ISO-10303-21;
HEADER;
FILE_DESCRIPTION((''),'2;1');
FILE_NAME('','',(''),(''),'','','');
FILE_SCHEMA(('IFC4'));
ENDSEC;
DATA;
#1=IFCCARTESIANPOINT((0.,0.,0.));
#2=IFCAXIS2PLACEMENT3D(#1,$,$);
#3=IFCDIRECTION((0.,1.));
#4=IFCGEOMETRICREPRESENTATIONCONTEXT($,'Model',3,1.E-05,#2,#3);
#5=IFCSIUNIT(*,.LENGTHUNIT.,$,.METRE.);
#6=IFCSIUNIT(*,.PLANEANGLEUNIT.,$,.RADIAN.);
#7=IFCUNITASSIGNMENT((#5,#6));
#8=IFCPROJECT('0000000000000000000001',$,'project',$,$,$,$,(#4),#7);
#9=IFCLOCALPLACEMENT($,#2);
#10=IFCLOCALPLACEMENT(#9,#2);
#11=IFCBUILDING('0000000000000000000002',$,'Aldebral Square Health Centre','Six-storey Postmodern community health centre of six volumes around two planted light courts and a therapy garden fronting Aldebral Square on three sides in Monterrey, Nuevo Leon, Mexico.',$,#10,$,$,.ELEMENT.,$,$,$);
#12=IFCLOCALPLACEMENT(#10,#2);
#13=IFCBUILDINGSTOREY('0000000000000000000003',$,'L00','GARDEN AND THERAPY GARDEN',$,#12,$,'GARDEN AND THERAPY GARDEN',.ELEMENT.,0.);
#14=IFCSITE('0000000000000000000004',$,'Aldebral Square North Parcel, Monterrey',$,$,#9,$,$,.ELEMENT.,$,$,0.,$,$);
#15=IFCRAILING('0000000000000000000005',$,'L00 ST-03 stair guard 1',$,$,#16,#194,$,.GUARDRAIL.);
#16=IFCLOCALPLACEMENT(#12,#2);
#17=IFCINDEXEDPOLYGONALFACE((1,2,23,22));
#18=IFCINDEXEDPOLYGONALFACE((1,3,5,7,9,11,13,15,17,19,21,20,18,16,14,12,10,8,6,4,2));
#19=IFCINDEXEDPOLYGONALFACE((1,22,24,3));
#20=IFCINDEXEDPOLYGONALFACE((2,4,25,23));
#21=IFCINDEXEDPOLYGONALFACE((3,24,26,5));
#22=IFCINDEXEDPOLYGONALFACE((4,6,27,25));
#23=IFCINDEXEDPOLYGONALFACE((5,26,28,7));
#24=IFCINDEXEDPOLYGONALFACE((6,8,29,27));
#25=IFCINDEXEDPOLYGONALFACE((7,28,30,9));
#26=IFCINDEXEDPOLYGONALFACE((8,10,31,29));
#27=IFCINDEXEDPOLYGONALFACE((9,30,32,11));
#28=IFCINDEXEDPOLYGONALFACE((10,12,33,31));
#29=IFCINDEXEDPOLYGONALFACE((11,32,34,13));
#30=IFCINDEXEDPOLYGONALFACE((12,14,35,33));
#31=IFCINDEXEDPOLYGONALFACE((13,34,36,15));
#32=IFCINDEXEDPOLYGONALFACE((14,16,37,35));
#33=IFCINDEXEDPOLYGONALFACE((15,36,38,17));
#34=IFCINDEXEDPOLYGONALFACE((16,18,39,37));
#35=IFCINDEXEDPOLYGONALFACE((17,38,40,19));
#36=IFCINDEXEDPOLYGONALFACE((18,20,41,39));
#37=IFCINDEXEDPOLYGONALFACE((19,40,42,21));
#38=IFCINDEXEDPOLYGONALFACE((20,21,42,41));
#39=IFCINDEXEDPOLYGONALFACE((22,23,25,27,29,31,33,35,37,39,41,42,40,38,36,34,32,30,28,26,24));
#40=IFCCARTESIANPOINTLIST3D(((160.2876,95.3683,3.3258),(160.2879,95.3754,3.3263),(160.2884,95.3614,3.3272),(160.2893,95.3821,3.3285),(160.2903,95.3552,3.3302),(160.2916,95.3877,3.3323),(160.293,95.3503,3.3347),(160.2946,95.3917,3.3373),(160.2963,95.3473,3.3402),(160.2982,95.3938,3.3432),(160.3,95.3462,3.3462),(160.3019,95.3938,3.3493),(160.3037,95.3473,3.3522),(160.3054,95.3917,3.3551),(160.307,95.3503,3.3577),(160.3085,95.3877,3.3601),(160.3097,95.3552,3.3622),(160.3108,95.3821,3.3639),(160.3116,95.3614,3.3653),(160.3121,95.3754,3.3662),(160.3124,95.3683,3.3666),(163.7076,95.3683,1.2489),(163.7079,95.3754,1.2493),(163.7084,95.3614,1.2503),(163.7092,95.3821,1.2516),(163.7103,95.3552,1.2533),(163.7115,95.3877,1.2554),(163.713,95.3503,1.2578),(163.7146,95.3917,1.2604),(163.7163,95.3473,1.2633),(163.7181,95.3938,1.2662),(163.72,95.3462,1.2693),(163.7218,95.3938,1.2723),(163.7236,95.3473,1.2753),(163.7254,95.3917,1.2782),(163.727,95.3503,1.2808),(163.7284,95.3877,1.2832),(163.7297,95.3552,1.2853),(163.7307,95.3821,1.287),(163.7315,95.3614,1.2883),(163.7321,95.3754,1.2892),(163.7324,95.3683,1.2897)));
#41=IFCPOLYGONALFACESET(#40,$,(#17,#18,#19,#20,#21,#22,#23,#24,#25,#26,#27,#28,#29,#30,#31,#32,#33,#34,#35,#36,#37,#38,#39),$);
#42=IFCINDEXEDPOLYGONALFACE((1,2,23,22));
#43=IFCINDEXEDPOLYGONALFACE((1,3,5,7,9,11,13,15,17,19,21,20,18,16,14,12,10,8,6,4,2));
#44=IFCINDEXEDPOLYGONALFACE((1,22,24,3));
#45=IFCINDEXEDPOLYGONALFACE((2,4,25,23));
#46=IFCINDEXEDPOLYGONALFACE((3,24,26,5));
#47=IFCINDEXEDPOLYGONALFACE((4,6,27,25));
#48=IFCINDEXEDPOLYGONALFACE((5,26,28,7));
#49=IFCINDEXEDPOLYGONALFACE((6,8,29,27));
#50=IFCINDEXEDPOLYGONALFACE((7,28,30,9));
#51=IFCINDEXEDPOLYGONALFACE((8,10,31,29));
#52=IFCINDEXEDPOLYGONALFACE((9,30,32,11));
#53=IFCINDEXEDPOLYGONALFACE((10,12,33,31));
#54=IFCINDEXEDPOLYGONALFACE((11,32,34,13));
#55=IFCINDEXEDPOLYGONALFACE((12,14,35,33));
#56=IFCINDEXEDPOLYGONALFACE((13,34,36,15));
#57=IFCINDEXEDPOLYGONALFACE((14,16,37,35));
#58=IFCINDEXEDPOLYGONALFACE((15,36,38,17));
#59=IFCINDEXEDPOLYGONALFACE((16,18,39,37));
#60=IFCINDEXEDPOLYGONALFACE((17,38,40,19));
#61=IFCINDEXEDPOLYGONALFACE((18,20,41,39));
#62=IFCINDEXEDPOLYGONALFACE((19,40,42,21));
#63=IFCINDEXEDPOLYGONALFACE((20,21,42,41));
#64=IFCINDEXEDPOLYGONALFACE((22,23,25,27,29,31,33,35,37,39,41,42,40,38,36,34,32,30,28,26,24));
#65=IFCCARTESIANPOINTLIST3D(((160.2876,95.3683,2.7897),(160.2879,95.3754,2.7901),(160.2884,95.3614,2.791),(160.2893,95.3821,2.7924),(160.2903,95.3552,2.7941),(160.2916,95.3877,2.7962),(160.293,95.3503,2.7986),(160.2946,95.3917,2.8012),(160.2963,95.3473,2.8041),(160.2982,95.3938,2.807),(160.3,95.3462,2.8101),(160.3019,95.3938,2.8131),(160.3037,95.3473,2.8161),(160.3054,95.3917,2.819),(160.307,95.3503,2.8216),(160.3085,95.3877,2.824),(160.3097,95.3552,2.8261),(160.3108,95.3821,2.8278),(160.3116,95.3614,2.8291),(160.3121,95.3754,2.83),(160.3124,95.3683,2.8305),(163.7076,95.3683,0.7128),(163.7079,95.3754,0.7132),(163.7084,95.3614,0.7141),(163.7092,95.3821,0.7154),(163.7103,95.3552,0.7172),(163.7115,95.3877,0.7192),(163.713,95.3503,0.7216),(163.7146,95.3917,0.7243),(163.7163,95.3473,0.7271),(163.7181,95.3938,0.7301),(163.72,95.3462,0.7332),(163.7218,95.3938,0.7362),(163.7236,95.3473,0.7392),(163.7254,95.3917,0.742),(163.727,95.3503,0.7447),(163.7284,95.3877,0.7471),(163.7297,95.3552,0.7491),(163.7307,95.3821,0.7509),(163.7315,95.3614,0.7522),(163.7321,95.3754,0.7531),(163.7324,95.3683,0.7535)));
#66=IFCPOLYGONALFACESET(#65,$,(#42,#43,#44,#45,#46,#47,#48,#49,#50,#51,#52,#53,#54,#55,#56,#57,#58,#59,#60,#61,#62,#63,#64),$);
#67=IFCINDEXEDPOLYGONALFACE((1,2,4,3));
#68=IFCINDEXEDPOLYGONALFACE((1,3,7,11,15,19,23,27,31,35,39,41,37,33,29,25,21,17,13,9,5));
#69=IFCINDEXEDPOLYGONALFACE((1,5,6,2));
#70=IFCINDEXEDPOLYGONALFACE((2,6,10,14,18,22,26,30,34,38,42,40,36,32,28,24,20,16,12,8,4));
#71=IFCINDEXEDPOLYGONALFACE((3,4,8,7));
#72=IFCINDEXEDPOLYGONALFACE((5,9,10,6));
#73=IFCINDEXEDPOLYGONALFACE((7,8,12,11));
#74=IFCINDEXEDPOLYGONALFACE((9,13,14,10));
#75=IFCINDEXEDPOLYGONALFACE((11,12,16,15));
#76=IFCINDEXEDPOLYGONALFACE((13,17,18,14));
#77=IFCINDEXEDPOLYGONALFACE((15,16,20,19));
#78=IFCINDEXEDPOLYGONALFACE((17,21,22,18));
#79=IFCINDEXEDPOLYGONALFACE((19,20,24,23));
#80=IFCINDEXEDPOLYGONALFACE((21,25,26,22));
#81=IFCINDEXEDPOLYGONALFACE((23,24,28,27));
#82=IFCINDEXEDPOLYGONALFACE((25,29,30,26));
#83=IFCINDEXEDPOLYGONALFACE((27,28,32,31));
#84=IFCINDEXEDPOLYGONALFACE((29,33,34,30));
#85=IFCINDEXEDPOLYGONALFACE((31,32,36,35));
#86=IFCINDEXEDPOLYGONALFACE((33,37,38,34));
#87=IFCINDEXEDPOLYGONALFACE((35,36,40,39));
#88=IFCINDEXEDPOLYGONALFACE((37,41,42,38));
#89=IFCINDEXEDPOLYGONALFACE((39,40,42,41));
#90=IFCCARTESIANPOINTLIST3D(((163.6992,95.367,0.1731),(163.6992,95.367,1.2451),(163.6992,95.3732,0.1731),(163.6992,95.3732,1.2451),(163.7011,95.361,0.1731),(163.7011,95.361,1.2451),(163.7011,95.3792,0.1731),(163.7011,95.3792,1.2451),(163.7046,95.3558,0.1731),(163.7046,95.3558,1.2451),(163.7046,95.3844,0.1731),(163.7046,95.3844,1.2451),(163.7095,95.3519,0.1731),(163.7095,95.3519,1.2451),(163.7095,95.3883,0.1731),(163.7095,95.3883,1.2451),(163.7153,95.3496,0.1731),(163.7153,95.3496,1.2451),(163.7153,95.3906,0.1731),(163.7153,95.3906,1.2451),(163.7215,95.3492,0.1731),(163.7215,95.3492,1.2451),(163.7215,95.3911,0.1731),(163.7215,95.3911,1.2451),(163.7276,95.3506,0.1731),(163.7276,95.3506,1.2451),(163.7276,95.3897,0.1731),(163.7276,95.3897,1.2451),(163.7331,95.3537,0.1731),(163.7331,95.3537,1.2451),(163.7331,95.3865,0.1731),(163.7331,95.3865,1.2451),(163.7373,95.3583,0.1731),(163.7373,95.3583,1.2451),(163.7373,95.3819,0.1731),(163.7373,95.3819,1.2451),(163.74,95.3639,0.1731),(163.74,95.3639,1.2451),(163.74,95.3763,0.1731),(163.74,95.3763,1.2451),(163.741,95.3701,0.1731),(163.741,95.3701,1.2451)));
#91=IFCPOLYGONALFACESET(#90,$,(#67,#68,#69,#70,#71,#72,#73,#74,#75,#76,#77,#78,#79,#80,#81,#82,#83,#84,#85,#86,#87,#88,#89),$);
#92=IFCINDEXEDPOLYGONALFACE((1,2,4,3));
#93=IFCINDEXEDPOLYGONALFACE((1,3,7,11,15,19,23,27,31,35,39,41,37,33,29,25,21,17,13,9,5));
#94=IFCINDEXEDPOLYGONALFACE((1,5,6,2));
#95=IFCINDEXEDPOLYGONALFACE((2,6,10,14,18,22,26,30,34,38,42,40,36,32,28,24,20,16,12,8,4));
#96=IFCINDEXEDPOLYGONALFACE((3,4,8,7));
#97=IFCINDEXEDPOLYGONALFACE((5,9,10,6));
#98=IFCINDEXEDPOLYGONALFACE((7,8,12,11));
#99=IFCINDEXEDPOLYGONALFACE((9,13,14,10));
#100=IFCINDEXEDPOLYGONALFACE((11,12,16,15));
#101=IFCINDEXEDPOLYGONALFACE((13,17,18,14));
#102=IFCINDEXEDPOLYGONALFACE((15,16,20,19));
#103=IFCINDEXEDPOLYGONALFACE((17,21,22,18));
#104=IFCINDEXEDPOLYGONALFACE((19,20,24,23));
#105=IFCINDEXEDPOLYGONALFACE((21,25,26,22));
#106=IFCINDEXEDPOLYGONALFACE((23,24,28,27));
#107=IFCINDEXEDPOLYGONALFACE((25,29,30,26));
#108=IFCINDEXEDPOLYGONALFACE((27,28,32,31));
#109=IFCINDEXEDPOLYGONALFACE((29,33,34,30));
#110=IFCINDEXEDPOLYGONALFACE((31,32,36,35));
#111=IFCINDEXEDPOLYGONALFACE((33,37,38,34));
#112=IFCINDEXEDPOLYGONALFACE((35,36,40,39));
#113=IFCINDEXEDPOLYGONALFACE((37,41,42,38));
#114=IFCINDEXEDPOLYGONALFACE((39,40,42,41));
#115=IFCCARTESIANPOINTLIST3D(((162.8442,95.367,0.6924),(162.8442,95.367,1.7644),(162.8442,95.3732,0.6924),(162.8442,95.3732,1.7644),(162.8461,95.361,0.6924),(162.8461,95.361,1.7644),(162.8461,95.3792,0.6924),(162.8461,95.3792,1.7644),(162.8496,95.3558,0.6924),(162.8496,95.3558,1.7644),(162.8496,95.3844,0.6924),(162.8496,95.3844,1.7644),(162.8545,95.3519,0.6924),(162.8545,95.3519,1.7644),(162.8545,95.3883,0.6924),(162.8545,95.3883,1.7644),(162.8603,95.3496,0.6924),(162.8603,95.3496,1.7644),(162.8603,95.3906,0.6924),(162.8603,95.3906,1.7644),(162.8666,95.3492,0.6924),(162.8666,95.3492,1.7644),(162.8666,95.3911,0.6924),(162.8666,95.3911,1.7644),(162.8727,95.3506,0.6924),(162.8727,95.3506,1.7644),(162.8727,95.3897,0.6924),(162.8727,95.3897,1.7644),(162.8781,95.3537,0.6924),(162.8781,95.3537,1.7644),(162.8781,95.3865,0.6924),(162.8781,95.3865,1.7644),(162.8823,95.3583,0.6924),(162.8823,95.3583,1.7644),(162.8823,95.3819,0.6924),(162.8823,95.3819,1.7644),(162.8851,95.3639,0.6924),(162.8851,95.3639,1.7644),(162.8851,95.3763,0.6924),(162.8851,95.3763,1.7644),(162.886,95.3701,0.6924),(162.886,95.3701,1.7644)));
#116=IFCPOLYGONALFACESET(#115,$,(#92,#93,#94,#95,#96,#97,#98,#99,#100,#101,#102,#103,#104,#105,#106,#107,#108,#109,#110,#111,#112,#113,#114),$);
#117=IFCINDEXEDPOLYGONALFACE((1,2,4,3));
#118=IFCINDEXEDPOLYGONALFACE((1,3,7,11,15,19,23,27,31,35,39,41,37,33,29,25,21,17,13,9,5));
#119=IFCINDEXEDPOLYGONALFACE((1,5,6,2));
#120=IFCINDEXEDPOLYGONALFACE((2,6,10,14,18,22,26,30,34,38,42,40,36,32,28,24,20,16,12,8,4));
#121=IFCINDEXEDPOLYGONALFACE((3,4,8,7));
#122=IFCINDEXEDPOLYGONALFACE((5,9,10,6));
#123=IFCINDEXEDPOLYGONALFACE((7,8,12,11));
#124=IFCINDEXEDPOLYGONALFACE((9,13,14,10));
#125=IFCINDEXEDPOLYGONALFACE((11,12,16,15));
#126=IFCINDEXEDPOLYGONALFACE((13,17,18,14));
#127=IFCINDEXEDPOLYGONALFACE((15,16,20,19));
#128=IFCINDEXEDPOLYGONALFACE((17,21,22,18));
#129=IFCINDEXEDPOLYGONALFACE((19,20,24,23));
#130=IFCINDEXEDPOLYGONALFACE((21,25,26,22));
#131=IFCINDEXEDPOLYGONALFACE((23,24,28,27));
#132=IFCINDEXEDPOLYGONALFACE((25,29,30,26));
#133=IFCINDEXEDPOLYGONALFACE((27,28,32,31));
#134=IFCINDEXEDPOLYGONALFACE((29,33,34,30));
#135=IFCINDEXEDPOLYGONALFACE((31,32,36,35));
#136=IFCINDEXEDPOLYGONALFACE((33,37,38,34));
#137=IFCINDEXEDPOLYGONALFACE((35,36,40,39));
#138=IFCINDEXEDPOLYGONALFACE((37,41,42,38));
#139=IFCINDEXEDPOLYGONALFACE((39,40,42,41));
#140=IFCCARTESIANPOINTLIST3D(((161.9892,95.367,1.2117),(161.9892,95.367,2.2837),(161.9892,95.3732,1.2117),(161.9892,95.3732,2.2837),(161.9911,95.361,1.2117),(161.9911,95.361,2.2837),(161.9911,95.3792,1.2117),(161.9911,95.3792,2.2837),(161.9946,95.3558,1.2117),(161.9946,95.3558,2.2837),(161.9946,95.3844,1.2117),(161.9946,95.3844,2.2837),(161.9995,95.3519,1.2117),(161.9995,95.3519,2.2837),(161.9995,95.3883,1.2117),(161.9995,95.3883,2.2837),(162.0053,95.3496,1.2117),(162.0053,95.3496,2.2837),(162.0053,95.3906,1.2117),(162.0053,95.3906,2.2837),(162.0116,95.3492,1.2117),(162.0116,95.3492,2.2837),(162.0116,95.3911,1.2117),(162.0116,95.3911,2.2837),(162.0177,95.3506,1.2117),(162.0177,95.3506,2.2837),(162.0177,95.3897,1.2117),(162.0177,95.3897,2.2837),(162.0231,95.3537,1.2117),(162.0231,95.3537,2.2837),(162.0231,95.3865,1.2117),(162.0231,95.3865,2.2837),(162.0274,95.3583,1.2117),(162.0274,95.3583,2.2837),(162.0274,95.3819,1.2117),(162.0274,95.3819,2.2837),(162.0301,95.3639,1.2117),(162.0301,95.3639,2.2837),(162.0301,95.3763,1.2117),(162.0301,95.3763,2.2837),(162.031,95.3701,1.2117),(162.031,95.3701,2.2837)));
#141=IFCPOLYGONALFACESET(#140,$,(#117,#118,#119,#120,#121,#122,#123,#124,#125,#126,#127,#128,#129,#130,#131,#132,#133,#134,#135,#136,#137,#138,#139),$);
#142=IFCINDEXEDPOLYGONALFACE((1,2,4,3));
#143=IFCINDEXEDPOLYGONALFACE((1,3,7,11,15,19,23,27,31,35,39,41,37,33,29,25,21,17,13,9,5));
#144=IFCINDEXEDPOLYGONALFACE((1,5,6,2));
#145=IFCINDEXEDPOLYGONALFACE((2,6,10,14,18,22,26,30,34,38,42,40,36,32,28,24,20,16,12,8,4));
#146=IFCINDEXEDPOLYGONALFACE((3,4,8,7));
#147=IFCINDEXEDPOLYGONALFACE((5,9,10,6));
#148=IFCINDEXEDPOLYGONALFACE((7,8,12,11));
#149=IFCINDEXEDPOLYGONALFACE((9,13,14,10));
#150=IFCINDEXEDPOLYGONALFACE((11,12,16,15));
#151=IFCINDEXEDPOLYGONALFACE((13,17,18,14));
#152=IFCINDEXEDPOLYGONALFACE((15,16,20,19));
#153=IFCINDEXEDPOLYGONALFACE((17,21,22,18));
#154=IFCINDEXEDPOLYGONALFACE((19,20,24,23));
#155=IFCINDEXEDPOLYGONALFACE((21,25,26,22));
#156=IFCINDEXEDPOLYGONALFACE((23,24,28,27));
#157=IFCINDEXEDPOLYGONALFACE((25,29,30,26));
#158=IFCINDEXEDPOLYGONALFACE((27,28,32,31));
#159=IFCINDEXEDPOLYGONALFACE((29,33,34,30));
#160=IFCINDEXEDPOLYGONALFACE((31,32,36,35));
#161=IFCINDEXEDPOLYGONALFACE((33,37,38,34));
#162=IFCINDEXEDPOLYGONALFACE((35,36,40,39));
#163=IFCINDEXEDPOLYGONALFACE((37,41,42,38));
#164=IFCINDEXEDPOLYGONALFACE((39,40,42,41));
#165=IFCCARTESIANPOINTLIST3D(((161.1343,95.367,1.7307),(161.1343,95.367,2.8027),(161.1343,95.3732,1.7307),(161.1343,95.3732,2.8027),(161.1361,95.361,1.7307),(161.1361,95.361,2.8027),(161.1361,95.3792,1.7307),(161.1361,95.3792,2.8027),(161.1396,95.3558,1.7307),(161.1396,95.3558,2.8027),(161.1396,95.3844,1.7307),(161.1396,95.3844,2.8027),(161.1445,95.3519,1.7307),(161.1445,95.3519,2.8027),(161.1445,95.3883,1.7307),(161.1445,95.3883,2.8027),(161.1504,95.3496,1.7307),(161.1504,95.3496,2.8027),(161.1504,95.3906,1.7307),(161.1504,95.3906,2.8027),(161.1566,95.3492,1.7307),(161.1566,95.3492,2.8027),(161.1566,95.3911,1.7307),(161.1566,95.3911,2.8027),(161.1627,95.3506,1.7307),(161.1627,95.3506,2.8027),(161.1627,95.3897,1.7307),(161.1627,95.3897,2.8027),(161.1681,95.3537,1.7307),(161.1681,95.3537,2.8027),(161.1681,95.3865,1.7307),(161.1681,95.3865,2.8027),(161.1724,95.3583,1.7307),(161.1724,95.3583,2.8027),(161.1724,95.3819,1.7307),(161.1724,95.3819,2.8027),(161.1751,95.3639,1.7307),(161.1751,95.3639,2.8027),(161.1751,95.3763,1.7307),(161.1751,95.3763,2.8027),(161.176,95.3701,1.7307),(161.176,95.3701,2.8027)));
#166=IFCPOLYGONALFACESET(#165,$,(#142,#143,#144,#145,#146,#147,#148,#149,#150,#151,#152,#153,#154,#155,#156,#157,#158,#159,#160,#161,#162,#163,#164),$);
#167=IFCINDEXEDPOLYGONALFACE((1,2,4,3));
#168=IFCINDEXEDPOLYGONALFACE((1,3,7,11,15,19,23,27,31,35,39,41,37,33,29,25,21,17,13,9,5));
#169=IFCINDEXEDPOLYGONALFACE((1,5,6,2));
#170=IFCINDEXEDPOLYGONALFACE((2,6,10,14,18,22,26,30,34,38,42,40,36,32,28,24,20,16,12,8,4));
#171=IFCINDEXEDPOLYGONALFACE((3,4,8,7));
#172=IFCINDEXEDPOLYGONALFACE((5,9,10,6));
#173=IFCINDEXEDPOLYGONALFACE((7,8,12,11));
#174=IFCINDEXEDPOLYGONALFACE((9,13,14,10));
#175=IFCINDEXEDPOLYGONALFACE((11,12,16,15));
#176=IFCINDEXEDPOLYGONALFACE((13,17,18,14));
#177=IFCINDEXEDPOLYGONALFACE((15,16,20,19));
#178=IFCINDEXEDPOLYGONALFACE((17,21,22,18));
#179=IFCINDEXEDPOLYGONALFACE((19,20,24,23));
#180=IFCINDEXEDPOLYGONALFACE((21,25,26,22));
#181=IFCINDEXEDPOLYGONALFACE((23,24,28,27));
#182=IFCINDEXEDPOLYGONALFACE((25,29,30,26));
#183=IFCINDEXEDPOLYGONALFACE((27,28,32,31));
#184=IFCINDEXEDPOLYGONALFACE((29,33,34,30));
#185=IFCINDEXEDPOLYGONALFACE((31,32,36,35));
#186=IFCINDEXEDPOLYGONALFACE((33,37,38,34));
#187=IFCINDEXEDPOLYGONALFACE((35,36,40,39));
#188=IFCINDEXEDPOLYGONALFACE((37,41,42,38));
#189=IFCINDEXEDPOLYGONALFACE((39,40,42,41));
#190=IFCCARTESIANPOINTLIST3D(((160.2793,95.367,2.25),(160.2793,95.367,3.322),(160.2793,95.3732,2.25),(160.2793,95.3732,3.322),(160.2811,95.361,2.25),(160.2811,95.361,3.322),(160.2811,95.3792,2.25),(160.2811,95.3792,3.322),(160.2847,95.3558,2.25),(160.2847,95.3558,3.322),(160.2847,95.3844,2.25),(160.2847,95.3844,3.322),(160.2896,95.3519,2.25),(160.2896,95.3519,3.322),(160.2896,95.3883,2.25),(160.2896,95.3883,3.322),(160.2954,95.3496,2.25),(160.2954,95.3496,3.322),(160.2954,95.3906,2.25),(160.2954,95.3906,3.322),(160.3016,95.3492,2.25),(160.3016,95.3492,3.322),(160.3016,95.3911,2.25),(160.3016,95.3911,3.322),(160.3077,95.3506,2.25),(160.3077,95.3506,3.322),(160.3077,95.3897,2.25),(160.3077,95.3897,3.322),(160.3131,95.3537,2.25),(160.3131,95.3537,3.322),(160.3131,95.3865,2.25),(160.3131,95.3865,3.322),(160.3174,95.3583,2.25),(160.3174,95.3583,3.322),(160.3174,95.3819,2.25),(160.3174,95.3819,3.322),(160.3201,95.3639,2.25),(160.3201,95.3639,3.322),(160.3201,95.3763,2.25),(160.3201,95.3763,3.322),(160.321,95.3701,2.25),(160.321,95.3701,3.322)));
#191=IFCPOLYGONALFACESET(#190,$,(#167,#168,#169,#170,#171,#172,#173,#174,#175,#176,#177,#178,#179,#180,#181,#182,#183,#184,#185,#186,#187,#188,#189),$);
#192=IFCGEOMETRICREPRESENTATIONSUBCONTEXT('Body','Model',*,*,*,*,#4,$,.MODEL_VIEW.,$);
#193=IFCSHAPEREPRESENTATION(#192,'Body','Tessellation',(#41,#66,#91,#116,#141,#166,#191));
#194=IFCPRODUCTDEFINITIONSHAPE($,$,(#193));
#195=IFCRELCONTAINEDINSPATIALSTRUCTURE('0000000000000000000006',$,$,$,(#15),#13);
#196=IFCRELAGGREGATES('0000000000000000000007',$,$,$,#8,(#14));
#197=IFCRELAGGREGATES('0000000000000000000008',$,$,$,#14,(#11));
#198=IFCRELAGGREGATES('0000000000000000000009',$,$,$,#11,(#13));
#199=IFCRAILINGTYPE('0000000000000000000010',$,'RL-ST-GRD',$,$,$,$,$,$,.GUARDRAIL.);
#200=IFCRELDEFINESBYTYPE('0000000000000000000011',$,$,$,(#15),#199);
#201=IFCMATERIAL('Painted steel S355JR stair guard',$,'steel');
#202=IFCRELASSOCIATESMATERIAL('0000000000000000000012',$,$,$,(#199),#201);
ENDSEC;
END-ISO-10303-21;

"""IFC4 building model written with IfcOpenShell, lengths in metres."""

from ifc_helpers import new_model, si_unit, direction, frame, origin, origin_2d, place, context, subcontext, project, spatial, circle, extrude, material, type_object, element, save


model = new_model("IFC4")

# Units and contexts
model_context = context("Model", 3, precision=1e-05, world=origin(), true_north=direction((0.0, 1.0)))
body_context = subcontext(model_context, "Body", "Model", "MODEL_VIEW")
ifc_project = project(units=[si_unit("LENGTHUNIT", "METRE"), si_unit("PLANEANGLEUNIT", "RADIAN")], contexts=[model_context])

# Site, building, storey
site_placement = place(None, origin())
site = spatial("IfcSite", under=ifc_project, at=site_placement, Name="Aldebral Square North Parcel, Monterrey", CompositionType="ELEMENT", RefElevation=0.0)
building_placement = place(site_placement, origin())
building = spatial("IfcBuilding", under=site, at=building_placement, Name="Aldebral Square Health Centre", Description="Six-storey Postmodern community health centre of six volumes around two planted light courts and a therapy garden fronting Aldebral Square on three sides in Monterrey, Nuevo Leon, Mexico.", CompositionType="ELEMENT")
storey_placement = place(building_placement, origin())
storey = spatial("IfcBuildingStorey", under=building, at=storey_placement, Name="L00", Description="GARDEN AND THERAPY GARDEN", LongName="GARDEN AND THERAPY GARDEN", CompositionType="ELEMENT", Elevation=0.0)

# Railing
ifc_material_1 = material(Name="Painted steel S355JR stair guard", Category="steel")
railing_type_1 = type_object("IfcRailingType", Name="RL-ST-GRD", PredefinedType="GUARDRAIL", material=ifc_material_1)
railing_1_placement = place(storey_placement, frame((163.72, 95.3701, 0.1731)))
element("IfcRailing", 1, at=railing_1_placement, inside=storey, type_object=railing_type_1, Name="L00 ST-03 stair guard 1", PredefinedType="GUARDRAIL", context=body_context, shape_type="SweptSolid", body=[
    extrude(circle(Radius=0.0239, at=origin_2d()), frame((0.0, 0.0, 1.0962), z_axis=(-0.85473, 0.0, 0.519074), x_axis=(0.0, -1.0, 0.0)), (0.0, 0.0, 1.0), 4.0012),
    extrude(circle(Radius=0.0239, at=origin_2d()), frame((0.0, 0.0, 0.5601), z_axis=(-0.85473, 0.0, 0.519074), x_axis=(0.0, -1.0, 0.0)), (0.0, 0.0, 1.0), 4.0012),
    extrude(circle(Radius=0.021, at=origin_2d()), origin(), (0.0, 0.0, 1.0), 1.072),
    extrude(circle(Radius=0.021, at=origin_2d()), frame((-0.855, 0.0, 0.5193)), (0.0, 0.0, 1.0), 1.072),
    extrude(circle(Radius=0.021, at=origin_2d()), frame((-1.71, 0.0, 1.0386)), (0.0, 0.0, 1.0), 1.072),
    extrude(circle(Radius=0.021, at=origin_2d()), frame((-2.5649, 0.0, 1.5576)), (0.0, 0.0, 1.0), 1.072),
    extrude(circle(Radius=0.021, at=origin_2d()), frame((-3.4199, 0.0, 2.0769)), (0.0, 0.0, 1.0), 1.072),
])

save(model, "model.ifc")
